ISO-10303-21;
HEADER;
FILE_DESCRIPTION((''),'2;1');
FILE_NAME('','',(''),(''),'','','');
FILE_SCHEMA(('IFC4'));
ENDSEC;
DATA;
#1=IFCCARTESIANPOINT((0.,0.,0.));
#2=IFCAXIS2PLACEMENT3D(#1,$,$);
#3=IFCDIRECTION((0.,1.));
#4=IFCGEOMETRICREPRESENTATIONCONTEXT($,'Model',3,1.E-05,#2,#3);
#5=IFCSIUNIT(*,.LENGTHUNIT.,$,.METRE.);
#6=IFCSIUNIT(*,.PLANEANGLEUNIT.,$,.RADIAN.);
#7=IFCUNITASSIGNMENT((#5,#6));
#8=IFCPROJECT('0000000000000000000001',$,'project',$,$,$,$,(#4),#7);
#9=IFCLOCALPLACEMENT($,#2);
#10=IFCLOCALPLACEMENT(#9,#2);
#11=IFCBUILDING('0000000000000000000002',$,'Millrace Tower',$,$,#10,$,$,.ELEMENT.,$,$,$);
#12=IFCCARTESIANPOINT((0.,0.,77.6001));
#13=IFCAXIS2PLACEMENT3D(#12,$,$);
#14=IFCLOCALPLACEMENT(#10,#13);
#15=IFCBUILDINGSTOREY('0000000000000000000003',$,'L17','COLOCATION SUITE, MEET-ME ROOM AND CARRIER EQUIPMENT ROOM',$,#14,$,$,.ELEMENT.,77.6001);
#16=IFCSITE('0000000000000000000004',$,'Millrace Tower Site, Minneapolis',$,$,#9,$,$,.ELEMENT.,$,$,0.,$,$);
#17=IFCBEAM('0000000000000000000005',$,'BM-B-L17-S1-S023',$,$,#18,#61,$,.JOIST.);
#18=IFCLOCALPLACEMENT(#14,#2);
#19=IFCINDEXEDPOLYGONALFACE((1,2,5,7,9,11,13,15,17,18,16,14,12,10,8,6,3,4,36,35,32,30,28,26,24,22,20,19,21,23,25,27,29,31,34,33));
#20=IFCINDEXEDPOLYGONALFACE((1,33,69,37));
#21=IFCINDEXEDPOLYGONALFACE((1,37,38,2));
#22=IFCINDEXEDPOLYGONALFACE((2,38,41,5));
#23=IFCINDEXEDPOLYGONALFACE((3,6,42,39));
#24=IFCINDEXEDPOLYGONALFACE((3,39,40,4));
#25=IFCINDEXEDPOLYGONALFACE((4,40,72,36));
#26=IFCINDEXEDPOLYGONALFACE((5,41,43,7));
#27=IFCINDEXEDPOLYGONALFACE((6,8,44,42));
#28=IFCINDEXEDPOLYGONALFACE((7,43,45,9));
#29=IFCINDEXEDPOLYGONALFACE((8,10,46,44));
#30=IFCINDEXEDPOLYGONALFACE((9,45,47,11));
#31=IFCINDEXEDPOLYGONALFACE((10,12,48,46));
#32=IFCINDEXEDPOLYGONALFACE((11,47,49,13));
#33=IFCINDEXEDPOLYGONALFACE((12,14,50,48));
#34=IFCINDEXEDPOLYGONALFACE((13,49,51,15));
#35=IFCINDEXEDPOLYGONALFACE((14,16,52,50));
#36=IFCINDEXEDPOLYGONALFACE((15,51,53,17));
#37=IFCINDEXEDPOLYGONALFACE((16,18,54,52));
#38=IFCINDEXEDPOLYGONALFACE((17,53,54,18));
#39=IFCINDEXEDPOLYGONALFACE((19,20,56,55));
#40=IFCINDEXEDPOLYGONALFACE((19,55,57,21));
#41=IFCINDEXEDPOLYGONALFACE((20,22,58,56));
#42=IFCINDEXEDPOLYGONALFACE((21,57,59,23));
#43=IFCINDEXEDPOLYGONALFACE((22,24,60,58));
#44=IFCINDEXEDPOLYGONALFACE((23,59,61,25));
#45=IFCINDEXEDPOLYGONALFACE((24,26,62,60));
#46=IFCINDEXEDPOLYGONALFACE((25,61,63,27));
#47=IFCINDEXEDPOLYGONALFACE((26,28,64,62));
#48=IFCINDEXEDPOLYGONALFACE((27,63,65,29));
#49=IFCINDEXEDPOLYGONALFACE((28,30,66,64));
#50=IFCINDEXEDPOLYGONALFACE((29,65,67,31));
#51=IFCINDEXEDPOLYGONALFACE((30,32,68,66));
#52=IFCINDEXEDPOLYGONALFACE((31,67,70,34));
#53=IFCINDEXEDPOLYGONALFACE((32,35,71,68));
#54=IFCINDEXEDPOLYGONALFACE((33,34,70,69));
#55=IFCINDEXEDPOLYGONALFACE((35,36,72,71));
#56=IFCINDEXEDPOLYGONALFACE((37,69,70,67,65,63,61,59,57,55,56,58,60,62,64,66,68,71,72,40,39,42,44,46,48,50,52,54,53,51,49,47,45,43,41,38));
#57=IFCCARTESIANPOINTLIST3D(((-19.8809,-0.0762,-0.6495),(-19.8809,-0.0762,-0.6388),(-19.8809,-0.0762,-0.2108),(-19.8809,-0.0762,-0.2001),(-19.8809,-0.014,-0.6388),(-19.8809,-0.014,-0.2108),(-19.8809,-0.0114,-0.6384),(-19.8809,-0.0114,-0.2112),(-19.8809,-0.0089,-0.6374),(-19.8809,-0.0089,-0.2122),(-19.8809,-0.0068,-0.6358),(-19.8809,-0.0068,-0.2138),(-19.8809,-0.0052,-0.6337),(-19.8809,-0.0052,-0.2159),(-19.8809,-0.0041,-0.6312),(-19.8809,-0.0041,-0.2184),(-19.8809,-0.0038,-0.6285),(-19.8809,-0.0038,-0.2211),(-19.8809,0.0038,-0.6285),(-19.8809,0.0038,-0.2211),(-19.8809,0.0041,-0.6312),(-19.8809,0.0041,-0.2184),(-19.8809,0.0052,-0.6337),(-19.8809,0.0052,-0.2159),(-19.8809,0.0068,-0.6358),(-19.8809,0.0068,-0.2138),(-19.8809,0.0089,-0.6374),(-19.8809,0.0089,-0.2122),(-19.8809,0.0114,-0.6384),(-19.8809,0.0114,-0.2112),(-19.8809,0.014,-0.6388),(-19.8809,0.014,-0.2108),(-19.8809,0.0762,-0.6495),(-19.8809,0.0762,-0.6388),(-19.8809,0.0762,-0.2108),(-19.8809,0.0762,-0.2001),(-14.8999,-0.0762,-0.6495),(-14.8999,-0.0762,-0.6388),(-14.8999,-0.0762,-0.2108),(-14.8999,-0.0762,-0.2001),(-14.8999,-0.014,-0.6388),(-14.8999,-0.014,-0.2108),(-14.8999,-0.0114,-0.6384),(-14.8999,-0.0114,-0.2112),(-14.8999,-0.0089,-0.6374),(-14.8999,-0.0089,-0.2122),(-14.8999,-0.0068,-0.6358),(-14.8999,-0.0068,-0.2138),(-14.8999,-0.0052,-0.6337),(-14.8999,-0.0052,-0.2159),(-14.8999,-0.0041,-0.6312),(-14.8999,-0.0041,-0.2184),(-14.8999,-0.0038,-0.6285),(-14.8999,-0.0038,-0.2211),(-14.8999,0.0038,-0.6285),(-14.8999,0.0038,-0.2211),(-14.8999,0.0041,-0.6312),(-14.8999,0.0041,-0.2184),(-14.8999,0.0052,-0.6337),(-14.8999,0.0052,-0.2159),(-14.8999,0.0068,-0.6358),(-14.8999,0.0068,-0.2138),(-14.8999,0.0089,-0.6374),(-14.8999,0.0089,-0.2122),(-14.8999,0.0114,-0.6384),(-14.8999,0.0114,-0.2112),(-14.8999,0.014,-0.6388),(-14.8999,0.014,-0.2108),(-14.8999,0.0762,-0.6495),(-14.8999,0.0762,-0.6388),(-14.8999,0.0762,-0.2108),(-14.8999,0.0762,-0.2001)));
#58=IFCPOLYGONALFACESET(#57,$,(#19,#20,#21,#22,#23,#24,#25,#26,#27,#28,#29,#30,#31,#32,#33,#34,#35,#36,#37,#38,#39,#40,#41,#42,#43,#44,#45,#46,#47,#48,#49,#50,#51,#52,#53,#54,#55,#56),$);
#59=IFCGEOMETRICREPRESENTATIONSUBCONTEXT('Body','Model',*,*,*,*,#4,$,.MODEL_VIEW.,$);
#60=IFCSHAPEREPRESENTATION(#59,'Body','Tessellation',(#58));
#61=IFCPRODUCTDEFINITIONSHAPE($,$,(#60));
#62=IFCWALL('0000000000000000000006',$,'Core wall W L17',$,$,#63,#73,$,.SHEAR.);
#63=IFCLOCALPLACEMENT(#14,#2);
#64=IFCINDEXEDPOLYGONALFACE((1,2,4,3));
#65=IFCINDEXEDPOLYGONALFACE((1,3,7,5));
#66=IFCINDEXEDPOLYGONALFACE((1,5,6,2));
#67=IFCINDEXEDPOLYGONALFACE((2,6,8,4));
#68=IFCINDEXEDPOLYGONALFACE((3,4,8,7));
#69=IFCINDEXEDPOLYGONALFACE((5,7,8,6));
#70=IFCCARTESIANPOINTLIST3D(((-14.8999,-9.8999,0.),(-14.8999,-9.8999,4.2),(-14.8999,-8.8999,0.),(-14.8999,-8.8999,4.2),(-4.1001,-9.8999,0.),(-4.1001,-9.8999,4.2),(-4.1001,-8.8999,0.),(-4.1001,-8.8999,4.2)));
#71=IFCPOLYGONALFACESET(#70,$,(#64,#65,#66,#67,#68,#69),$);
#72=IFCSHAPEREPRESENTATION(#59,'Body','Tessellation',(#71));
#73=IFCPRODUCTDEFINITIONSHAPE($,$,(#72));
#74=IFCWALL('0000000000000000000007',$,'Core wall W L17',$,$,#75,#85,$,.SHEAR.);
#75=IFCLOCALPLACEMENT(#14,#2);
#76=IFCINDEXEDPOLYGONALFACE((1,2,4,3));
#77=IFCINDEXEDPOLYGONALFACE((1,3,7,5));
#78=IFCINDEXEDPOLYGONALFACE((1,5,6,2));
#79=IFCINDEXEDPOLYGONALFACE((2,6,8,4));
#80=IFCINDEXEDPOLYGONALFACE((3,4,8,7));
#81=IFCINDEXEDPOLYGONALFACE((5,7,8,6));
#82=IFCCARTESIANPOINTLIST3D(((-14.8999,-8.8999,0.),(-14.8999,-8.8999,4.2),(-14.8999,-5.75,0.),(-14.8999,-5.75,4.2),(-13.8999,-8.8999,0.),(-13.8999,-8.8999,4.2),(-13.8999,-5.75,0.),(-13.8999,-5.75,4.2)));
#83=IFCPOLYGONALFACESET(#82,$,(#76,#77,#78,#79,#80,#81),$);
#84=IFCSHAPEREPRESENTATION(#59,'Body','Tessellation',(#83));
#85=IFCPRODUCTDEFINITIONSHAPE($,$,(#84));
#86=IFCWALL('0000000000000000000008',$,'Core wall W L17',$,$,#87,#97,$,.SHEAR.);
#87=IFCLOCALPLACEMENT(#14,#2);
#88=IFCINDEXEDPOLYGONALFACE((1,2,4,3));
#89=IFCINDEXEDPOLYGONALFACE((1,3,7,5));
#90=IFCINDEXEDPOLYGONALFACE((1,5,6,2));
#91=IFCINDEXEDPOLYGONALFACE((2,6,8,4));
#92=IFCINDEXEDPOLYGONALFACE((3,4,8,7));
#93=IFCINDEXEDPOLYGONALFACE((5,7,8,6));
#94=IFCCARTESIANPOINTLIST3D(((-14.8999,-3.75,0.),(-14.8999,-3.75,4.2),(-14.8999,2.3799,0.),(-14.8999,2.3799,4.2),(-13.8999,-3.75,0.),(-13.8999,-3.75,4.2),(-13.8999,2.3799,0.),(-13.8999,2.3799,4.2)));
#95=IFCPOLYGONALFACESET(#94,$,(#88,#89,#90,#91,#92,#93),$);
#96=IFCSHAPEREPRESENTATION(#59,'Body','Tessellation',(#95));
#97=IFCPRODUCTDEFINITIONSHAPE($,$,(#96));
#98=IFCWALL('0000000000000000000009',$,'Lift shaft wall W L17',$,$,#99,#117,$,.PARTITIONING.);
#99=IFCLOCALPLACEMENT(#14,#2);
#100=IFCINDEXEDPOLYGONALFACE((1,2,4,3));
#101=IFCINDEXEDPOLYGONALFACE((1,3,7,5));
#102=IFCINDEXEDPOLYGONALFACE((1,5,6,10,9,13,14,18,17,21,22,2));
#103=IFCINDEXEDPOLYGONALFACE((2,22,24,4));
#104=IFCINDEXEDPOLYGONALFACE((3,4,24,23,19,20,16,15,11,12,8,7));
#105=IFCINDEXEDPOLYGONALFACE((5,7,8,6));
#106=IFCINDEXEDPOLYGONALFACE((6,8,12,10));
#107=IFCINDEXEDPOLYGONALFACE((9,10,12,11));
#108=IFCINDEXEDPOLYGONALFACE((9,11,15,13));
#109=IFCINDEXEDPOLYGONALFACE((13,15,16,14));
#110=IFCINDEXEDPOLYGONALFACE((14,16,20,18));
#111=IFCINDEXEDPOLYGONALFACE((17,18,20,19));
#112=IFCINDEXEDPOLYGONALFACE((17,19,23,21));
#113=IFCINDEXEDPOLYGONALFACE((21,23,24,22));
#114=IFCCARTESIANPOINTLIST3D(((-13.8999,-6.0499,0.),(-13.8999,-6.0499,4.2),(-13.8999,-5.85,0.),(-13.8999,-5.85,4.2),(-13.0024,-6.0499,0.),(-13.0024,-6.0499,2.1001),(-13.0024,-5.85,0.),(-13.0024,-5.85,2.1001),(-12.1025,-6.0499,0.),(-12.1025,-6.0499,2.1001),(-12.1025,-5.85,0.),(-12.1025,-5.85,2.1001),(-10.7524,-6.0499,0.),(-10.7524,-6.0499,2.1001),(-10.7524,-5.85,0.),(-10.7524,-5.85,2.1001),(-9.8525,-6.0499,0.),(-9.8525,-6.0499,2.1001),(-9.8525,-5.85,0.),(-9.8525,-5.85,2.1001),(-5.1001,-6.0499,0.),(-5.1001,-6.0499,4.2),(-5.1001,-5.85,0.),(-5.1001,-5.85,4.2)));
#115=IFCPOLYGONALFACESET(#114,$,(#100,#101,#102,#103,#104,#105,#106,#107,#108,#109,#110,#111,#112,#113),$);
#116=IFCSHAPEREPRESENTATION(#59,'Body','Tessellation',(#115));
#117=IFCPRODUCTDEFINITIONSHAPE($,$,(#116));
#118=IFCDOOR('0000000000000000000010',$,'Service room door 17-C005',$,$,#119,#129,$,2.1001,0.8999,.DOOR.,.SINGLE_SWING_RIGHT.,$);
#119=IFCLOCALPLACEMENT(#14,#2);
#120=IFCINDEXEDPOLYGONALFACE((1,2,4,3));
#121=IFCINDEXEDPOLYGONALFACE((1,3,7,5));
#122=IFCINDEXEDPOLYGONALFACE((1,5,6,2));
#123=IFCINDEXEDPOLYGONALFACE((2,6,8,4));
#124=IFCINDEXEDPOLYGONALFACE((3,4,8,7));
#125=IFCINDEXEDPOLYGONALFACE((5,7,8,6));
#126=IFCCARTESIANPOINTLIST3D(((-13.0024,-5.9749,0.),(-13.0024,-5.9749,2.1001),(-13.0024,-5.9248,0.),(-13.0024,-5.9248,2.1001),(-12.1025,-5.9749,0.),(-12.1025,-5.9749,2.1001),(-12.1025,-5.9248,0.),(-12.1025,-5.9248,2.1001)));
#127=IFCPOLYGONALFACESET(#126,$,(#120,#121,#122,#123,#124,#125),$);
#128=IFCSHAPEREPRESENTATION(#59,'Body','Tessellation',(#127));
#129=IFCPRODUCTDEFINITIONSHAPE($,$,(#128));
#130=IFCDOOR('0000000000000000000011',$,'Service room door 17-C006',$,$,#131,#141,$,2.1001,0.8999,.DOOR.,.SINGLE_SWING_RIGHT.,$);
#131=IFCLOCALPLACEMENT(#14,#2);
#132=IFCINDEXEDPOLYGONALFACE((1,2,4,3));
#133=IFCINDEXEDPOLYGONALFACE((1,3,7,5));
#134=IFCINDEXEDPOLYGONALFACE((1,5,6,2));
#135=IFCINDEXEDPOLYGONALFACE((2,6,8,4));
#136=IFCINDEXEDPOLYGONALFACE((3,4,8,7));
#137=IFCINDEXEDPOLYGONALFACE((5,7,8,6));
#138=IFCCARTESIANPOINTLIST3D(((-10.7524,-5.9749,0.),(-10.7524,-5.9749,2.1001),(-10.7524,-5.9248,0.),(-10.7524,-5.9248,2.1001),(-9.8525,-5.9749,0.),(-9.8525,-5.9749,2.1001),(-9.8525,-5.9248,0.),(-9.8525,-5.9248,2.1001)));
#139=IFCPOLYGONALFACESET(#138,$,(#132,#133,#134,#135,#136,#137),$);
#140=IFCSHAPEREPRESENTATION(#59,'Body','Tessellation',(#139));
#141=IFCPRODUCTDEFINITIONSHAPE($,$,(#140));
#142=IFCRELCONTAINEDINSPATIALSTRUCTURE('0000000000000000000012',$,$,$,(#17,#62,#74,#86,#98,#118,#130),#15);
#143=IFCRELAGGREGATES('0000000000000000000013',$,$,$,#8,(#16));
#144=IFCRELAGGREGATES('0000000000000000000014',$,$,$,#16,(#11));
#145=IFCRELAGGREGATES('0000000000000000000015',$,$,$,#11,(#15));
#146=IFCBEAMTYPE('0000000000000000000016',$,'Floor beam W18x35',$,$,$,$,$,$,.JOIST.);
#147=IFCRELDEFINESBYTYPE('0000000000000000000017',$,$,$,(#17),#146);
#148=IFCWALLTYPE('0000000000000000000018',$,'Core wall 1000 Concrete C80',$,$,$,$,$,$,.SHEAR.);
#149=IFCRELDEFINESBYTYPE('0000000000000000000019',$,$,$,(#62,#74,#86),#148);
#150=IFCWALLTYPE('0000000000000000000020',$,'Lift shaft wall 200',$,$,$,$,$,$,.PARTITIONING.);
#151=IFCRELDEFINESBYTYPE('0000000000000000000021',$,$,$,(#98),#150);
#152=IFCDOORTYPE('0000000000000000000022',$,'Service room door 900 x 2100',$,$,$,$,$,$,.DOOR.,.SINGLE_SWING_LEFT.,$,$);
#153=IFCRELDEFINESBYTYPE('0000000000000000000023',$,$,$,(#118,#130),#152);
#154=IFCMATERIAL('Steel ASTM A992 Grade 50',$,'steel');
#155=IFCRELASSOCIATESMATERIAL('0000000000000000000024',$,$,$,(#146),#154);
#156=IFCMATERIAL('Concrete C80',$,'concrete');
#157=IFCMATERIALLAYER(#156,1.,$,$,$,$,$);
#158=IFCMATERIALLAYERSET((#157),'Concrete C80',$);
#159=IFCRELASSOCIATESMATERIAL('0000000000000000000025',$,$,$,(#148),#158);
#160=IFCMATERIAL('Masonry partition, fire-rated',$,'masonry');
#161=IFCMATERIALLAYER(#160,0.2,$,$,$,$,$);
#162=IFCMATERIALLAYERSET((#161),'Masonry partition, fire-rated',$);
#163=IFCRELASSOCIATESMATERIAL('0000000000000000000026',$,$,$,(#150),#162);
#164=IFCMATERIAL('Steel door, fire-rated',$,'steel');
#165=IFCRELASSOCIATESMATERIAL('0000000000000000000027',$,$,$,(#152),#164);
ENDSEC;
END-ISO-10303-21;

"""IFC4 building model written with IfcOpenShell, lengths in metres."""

from ifc_helpers import new_model, si_unit, direction, frame, frame_2d, origin, origin_2d, place, context, subcontext, project, spatial, rectangle, i_section, extrude, material, layer, layer_set, material_profile, profile_set, type_object, element, fill, save


model = new_model("IFC4")

# Units and contexts
model_context = context("Model", 3, precision=1e-05, world=origin(), true_north=direction((0.0, 1.0)))
body_context = subcontext(model_context, "Body", "Model", "MODEL_VIEW")
ifc_project = project(units=[si_unit("LENGTHUNIT", "METRE"), si_unit("PLANEANGLEUNIT", "RADIAN")], contexts=[model_context])

# Site, building, storey
site_placement = place(None, origin())
site = spatial("IfcSite", under=ifc_project, at=site_placement, Name="Millrace Tower Site, Minneapolis", CompositionType="ELEMENT", RefElevation=0.0)
building_placement = place(site_placement, origin())
building = spatial("IfcBuilding", under=site, at=building_placement, Name="Millrace Tower", CompositionType="ELEMENT")
storey_placement = place(building_placement, frame((0.0, 0.0, 77.6001)))
storey = spatial("IfcBuildingStorey", under=building, at=storey_placement, Name="L17", Description="COLOCATION SUITE, MEET-ME ROOM AND CARRIER EQUIPMENT ROOM", CompositionType="ELEMENT", Elevation=77.6001)

# Beam
ifc_material_1 = material(Name="Steel ASTM A992 Grade 50", Category="steel")
ifc_material_profile_1 = material_profile(ifc_material_1, i_section(OverallWidth=0.1523, OverallDepth=0.4495, WebThickness=0.0076, FlangeThickness=0.0107, FilletRadius=0.0103, at=origin_2d()))
ifc_profile_set_1 = profile_set([ifc_material_profile_1], Name="Steel ASTM A992 Grade 50")
beam_type_1 = type_object("IfcBeamType", Name="Floor beam W18x35", PredefinedType="JOIST", material=ifc_profile_set_1)
for number, where, z_axis, x_axis, name in (
    (1, (-19.8809, 0.0, -0.4248), (1.0, 0.0, 0.0), (0.0, 1.0, 0.0), "BM-B-L17-S1-S023"),
):
    element("IfcBeam", number, at=place(storey_placement, frame(where, z_axis=z_axis, x_axis=x_axis)), inside=storey, type_object=beam_type_1, Name=name, PredefinedType="JOIST", context=body_context, shape_type="SweptSolid", body=[
        extrude(i_section(OverallWidth=0.1523, OverallDepth=0.4495, WebThickness=0.0076, FlangeThickness=0.0107, FilletRadius=0.0103, at=origin_2d()), origin(), (0.0, 0.0, 1.0), 4.981),
    ])

# Walls
ifc_material_2 = material(Name="Concrete C80", Category="concrete")
ifc_layer_1 = layer(ifc_material_2, 1.0)
ifc_layer_set_1 = layer_set([ifc_layer_1], Name="Concrete C80")
wall_type_1 = type_object("IfcWallType", Name="Core wall 1000 Concrete C80", PredefinedType="SHEAR", material=ifc_layer_set_1)
wall_1_placement = place(storey_placement, frame((-14.8999, -9.3999, 0.0), z_axis=(0.0, 0.0, 1.0), x_axis=(1.0, 0.0, 0.0)))
element("IfcWall", 2, at=wall_1_placement, inside=storey, type_object=wall_type_1, Name="Core wall W L17", PredefinedType="SHEAR", context=body_context, shape_type="SweptSolid", body=[
    extrude(rectangle(XDim=10.7998, YDim=1.0, at=frame_2d((5.3999, 0.0))), origin(), (0.0, 0.0, 1.0), 4.2),
])
wall_2_placement = place(storey_placement, frame((-14.3999, -8.8999, 0.0), z_axis=(0.0, 0.0, 1.0), x_axis=(0.0, 1.0, 0.0)))
element("IfcWall", 3, at=wall_2_placement, inside=storey, type_object=wall_type_1, Name="Core wall W L17", PredefinedType="SHEAR", context=body_context, shape_type="SweptSolid", body=[
    extrude(rectangle(XDim=3.1499, YDim=1.0, at=frame_2d((1.575, 0.0))), origin(), (0.0, 0.0, 1.0), 4.2),
])
wall_3_placement = place(storey_placement, frame((-14.3999, -3.75, 0.0), z_axis=(0.0, 0.0, 1.0), x_axis=(0.0, 1.0, 0.0)))
element("IfcWall", 4, at=wall_3_placement, inside=storey, type_object=wall_type_1, Name="Core wall W L17", PredefinedType="SHEAR", context=body_context, shape_type="SweptSolid", body=[
    extrude(rectangle(XDim=6.1299, YDim=1.0, at=frame_2d((3.0649, 0.0))), origin(), (0.0, 0.0, 1.0), 4.2),
])

# Wall, openings, doors
ifc_material_3 = material(Name="Masonry partition, fire-rated", Category="masonry")
ifc_layer_2 = layer(ifc_material_3, 0.2)
ifc_layer_set_2 = layer_set([ifc_layer_2], Name="Masonry partition, fire-rated")
wall_type_2 = type_object("IfcWallType", Name="Lift shaft wall 200", PredefinedType="PARTITIONING", material=ifc_layer_set_2)
wall_4_placement = place(storey_placement, frame((-13.8999, -5.95, 0.0), z_axis=(0.0, 0.0, 1.0), x_axis=(1.0, 0.0, 0.0)))
wall_4 = element("IfcWall", 5, at=wall_4_placement, inside=storey, type_object=wall_type_2, Name="Lift shaft wall W L17", PredefinedType="PARTITIONING", context=body_context, shape_type="SweptSolid", body=[
    extrude(rectangle(XDim=8.7998, YDim=0.2, at=frame_2d((4.3999, 0.0))), origin(), (0.0, 0.0, 1.0), 4.2),
])
opening_1_placement = place(wall_4_placement, frame((0.8975, 0.0, 0.0)))
opening_1 = element("IfcOpeningElement", 6, at=opening_1_placement, cuts=wall_4, PredefinedType="OPENING", context=body_context, shape_type="SweptSolid", body=[
    extrude(rectangle(XDim=0.8999, YDim=2.1001, at=frame_2d((0.45, 1.05))), frame((0.0, 0.1099, 0.0), z_axis=(0.0, -1.0, 0.0), x_axis=(1.0, 0.0, 0.0)), (0.0, 0.0, 1.0), 0.22),
])
opening_2_placement = place(wall_4_placement, frame((3.1475, 0.0, 0.0)))
opening_2 = element("IfcOpeningElement", 7, at=opening_2_placement, cuts=wall_4, PredefinedType="OPENING", context=body_context, shape_type="SweptSolid", body=[
    extrude(rectangle(XDim=0.8999, YDim=2.1001, at=frame_2d((0.45, 1.05))), frame((0.0, 0.1099, 0.0), z_axis=(0.0, -1.0, 0.0), x_axis=(1.0, 0.0, 0.0)), (0.0, 0.0, 1.0), 0.22),
])
ifc_material_4 = material(Name="Steel door, fire-rated", Category="steel")
door_type_1 = type_object("IfcDoorType", Name="Service room door 900 x 2100", OperationType="SINGLE_SWING_LEFT", PredefinedType="DOOR", material=ifc_material_4)
door_1_placement = place(opening_1_placement, frame((0.8999, 0.0, 0.0), z_axis=(0.0, 0.0, 1.0), x_axis=(-1.0, 0.0, 0.0)))
door_1 = element("IfcDoor", 8, at=door_1_placement, inside=storey, type_object=door_type_1, Name="Service room door 17-C005", OperationType="SINGLE_SWING_RIGHT", OverallHeight=2.1001, OverallWidth=0.8999, PredefinedType="DOOR", context=body_context, shape_type="SweptSolid", body=[
    extrude(rectangle(XDim=0.8999, YDim=2.1001, at=frame_2d((0.45, 1.05))), frame((0.0, 0.0249, 0.0), z_axis=(0.0, -1.0, 0.0), x_axis=(1.0, 0.0, 0.0)), (0.0, 0.0, 1.0), 0.05),
])
fill(opening_1, door_1)
door_2_placement = place(opening_2_placement, frame((0.8999, 0.0, 0.0), z_axis=(0.0, 0.0, 1.0), x_axis=(-1.0, 0.0, 0.0)))
door_2 = element("IfcDoor", 9, at=door_2_placement, inside=storey, type_object=door_type_1, Name="Service room door 17-C006", OperationType="SINGLE_SWING_RIGHT", OverallHeight=2.1001, OverallWidth=0.8999, PredefinedType="DOOR", context=body_context, shape_type="SweptSolid", body=[
    extrude(rectangle(XDim=0.8999, YDim=2.1001, at=frame_2d((0.45, 1.05))), frame((0.0, 0.0249, 0.0), z_axis=(0.0, -1.0, 0.0), x_axis=(1.0, 0.0, 0.0)), (0.0, 0.0, 1.0), 0.05),
])
fill(opening_2, door_2)

save(model, "model.ifc")
